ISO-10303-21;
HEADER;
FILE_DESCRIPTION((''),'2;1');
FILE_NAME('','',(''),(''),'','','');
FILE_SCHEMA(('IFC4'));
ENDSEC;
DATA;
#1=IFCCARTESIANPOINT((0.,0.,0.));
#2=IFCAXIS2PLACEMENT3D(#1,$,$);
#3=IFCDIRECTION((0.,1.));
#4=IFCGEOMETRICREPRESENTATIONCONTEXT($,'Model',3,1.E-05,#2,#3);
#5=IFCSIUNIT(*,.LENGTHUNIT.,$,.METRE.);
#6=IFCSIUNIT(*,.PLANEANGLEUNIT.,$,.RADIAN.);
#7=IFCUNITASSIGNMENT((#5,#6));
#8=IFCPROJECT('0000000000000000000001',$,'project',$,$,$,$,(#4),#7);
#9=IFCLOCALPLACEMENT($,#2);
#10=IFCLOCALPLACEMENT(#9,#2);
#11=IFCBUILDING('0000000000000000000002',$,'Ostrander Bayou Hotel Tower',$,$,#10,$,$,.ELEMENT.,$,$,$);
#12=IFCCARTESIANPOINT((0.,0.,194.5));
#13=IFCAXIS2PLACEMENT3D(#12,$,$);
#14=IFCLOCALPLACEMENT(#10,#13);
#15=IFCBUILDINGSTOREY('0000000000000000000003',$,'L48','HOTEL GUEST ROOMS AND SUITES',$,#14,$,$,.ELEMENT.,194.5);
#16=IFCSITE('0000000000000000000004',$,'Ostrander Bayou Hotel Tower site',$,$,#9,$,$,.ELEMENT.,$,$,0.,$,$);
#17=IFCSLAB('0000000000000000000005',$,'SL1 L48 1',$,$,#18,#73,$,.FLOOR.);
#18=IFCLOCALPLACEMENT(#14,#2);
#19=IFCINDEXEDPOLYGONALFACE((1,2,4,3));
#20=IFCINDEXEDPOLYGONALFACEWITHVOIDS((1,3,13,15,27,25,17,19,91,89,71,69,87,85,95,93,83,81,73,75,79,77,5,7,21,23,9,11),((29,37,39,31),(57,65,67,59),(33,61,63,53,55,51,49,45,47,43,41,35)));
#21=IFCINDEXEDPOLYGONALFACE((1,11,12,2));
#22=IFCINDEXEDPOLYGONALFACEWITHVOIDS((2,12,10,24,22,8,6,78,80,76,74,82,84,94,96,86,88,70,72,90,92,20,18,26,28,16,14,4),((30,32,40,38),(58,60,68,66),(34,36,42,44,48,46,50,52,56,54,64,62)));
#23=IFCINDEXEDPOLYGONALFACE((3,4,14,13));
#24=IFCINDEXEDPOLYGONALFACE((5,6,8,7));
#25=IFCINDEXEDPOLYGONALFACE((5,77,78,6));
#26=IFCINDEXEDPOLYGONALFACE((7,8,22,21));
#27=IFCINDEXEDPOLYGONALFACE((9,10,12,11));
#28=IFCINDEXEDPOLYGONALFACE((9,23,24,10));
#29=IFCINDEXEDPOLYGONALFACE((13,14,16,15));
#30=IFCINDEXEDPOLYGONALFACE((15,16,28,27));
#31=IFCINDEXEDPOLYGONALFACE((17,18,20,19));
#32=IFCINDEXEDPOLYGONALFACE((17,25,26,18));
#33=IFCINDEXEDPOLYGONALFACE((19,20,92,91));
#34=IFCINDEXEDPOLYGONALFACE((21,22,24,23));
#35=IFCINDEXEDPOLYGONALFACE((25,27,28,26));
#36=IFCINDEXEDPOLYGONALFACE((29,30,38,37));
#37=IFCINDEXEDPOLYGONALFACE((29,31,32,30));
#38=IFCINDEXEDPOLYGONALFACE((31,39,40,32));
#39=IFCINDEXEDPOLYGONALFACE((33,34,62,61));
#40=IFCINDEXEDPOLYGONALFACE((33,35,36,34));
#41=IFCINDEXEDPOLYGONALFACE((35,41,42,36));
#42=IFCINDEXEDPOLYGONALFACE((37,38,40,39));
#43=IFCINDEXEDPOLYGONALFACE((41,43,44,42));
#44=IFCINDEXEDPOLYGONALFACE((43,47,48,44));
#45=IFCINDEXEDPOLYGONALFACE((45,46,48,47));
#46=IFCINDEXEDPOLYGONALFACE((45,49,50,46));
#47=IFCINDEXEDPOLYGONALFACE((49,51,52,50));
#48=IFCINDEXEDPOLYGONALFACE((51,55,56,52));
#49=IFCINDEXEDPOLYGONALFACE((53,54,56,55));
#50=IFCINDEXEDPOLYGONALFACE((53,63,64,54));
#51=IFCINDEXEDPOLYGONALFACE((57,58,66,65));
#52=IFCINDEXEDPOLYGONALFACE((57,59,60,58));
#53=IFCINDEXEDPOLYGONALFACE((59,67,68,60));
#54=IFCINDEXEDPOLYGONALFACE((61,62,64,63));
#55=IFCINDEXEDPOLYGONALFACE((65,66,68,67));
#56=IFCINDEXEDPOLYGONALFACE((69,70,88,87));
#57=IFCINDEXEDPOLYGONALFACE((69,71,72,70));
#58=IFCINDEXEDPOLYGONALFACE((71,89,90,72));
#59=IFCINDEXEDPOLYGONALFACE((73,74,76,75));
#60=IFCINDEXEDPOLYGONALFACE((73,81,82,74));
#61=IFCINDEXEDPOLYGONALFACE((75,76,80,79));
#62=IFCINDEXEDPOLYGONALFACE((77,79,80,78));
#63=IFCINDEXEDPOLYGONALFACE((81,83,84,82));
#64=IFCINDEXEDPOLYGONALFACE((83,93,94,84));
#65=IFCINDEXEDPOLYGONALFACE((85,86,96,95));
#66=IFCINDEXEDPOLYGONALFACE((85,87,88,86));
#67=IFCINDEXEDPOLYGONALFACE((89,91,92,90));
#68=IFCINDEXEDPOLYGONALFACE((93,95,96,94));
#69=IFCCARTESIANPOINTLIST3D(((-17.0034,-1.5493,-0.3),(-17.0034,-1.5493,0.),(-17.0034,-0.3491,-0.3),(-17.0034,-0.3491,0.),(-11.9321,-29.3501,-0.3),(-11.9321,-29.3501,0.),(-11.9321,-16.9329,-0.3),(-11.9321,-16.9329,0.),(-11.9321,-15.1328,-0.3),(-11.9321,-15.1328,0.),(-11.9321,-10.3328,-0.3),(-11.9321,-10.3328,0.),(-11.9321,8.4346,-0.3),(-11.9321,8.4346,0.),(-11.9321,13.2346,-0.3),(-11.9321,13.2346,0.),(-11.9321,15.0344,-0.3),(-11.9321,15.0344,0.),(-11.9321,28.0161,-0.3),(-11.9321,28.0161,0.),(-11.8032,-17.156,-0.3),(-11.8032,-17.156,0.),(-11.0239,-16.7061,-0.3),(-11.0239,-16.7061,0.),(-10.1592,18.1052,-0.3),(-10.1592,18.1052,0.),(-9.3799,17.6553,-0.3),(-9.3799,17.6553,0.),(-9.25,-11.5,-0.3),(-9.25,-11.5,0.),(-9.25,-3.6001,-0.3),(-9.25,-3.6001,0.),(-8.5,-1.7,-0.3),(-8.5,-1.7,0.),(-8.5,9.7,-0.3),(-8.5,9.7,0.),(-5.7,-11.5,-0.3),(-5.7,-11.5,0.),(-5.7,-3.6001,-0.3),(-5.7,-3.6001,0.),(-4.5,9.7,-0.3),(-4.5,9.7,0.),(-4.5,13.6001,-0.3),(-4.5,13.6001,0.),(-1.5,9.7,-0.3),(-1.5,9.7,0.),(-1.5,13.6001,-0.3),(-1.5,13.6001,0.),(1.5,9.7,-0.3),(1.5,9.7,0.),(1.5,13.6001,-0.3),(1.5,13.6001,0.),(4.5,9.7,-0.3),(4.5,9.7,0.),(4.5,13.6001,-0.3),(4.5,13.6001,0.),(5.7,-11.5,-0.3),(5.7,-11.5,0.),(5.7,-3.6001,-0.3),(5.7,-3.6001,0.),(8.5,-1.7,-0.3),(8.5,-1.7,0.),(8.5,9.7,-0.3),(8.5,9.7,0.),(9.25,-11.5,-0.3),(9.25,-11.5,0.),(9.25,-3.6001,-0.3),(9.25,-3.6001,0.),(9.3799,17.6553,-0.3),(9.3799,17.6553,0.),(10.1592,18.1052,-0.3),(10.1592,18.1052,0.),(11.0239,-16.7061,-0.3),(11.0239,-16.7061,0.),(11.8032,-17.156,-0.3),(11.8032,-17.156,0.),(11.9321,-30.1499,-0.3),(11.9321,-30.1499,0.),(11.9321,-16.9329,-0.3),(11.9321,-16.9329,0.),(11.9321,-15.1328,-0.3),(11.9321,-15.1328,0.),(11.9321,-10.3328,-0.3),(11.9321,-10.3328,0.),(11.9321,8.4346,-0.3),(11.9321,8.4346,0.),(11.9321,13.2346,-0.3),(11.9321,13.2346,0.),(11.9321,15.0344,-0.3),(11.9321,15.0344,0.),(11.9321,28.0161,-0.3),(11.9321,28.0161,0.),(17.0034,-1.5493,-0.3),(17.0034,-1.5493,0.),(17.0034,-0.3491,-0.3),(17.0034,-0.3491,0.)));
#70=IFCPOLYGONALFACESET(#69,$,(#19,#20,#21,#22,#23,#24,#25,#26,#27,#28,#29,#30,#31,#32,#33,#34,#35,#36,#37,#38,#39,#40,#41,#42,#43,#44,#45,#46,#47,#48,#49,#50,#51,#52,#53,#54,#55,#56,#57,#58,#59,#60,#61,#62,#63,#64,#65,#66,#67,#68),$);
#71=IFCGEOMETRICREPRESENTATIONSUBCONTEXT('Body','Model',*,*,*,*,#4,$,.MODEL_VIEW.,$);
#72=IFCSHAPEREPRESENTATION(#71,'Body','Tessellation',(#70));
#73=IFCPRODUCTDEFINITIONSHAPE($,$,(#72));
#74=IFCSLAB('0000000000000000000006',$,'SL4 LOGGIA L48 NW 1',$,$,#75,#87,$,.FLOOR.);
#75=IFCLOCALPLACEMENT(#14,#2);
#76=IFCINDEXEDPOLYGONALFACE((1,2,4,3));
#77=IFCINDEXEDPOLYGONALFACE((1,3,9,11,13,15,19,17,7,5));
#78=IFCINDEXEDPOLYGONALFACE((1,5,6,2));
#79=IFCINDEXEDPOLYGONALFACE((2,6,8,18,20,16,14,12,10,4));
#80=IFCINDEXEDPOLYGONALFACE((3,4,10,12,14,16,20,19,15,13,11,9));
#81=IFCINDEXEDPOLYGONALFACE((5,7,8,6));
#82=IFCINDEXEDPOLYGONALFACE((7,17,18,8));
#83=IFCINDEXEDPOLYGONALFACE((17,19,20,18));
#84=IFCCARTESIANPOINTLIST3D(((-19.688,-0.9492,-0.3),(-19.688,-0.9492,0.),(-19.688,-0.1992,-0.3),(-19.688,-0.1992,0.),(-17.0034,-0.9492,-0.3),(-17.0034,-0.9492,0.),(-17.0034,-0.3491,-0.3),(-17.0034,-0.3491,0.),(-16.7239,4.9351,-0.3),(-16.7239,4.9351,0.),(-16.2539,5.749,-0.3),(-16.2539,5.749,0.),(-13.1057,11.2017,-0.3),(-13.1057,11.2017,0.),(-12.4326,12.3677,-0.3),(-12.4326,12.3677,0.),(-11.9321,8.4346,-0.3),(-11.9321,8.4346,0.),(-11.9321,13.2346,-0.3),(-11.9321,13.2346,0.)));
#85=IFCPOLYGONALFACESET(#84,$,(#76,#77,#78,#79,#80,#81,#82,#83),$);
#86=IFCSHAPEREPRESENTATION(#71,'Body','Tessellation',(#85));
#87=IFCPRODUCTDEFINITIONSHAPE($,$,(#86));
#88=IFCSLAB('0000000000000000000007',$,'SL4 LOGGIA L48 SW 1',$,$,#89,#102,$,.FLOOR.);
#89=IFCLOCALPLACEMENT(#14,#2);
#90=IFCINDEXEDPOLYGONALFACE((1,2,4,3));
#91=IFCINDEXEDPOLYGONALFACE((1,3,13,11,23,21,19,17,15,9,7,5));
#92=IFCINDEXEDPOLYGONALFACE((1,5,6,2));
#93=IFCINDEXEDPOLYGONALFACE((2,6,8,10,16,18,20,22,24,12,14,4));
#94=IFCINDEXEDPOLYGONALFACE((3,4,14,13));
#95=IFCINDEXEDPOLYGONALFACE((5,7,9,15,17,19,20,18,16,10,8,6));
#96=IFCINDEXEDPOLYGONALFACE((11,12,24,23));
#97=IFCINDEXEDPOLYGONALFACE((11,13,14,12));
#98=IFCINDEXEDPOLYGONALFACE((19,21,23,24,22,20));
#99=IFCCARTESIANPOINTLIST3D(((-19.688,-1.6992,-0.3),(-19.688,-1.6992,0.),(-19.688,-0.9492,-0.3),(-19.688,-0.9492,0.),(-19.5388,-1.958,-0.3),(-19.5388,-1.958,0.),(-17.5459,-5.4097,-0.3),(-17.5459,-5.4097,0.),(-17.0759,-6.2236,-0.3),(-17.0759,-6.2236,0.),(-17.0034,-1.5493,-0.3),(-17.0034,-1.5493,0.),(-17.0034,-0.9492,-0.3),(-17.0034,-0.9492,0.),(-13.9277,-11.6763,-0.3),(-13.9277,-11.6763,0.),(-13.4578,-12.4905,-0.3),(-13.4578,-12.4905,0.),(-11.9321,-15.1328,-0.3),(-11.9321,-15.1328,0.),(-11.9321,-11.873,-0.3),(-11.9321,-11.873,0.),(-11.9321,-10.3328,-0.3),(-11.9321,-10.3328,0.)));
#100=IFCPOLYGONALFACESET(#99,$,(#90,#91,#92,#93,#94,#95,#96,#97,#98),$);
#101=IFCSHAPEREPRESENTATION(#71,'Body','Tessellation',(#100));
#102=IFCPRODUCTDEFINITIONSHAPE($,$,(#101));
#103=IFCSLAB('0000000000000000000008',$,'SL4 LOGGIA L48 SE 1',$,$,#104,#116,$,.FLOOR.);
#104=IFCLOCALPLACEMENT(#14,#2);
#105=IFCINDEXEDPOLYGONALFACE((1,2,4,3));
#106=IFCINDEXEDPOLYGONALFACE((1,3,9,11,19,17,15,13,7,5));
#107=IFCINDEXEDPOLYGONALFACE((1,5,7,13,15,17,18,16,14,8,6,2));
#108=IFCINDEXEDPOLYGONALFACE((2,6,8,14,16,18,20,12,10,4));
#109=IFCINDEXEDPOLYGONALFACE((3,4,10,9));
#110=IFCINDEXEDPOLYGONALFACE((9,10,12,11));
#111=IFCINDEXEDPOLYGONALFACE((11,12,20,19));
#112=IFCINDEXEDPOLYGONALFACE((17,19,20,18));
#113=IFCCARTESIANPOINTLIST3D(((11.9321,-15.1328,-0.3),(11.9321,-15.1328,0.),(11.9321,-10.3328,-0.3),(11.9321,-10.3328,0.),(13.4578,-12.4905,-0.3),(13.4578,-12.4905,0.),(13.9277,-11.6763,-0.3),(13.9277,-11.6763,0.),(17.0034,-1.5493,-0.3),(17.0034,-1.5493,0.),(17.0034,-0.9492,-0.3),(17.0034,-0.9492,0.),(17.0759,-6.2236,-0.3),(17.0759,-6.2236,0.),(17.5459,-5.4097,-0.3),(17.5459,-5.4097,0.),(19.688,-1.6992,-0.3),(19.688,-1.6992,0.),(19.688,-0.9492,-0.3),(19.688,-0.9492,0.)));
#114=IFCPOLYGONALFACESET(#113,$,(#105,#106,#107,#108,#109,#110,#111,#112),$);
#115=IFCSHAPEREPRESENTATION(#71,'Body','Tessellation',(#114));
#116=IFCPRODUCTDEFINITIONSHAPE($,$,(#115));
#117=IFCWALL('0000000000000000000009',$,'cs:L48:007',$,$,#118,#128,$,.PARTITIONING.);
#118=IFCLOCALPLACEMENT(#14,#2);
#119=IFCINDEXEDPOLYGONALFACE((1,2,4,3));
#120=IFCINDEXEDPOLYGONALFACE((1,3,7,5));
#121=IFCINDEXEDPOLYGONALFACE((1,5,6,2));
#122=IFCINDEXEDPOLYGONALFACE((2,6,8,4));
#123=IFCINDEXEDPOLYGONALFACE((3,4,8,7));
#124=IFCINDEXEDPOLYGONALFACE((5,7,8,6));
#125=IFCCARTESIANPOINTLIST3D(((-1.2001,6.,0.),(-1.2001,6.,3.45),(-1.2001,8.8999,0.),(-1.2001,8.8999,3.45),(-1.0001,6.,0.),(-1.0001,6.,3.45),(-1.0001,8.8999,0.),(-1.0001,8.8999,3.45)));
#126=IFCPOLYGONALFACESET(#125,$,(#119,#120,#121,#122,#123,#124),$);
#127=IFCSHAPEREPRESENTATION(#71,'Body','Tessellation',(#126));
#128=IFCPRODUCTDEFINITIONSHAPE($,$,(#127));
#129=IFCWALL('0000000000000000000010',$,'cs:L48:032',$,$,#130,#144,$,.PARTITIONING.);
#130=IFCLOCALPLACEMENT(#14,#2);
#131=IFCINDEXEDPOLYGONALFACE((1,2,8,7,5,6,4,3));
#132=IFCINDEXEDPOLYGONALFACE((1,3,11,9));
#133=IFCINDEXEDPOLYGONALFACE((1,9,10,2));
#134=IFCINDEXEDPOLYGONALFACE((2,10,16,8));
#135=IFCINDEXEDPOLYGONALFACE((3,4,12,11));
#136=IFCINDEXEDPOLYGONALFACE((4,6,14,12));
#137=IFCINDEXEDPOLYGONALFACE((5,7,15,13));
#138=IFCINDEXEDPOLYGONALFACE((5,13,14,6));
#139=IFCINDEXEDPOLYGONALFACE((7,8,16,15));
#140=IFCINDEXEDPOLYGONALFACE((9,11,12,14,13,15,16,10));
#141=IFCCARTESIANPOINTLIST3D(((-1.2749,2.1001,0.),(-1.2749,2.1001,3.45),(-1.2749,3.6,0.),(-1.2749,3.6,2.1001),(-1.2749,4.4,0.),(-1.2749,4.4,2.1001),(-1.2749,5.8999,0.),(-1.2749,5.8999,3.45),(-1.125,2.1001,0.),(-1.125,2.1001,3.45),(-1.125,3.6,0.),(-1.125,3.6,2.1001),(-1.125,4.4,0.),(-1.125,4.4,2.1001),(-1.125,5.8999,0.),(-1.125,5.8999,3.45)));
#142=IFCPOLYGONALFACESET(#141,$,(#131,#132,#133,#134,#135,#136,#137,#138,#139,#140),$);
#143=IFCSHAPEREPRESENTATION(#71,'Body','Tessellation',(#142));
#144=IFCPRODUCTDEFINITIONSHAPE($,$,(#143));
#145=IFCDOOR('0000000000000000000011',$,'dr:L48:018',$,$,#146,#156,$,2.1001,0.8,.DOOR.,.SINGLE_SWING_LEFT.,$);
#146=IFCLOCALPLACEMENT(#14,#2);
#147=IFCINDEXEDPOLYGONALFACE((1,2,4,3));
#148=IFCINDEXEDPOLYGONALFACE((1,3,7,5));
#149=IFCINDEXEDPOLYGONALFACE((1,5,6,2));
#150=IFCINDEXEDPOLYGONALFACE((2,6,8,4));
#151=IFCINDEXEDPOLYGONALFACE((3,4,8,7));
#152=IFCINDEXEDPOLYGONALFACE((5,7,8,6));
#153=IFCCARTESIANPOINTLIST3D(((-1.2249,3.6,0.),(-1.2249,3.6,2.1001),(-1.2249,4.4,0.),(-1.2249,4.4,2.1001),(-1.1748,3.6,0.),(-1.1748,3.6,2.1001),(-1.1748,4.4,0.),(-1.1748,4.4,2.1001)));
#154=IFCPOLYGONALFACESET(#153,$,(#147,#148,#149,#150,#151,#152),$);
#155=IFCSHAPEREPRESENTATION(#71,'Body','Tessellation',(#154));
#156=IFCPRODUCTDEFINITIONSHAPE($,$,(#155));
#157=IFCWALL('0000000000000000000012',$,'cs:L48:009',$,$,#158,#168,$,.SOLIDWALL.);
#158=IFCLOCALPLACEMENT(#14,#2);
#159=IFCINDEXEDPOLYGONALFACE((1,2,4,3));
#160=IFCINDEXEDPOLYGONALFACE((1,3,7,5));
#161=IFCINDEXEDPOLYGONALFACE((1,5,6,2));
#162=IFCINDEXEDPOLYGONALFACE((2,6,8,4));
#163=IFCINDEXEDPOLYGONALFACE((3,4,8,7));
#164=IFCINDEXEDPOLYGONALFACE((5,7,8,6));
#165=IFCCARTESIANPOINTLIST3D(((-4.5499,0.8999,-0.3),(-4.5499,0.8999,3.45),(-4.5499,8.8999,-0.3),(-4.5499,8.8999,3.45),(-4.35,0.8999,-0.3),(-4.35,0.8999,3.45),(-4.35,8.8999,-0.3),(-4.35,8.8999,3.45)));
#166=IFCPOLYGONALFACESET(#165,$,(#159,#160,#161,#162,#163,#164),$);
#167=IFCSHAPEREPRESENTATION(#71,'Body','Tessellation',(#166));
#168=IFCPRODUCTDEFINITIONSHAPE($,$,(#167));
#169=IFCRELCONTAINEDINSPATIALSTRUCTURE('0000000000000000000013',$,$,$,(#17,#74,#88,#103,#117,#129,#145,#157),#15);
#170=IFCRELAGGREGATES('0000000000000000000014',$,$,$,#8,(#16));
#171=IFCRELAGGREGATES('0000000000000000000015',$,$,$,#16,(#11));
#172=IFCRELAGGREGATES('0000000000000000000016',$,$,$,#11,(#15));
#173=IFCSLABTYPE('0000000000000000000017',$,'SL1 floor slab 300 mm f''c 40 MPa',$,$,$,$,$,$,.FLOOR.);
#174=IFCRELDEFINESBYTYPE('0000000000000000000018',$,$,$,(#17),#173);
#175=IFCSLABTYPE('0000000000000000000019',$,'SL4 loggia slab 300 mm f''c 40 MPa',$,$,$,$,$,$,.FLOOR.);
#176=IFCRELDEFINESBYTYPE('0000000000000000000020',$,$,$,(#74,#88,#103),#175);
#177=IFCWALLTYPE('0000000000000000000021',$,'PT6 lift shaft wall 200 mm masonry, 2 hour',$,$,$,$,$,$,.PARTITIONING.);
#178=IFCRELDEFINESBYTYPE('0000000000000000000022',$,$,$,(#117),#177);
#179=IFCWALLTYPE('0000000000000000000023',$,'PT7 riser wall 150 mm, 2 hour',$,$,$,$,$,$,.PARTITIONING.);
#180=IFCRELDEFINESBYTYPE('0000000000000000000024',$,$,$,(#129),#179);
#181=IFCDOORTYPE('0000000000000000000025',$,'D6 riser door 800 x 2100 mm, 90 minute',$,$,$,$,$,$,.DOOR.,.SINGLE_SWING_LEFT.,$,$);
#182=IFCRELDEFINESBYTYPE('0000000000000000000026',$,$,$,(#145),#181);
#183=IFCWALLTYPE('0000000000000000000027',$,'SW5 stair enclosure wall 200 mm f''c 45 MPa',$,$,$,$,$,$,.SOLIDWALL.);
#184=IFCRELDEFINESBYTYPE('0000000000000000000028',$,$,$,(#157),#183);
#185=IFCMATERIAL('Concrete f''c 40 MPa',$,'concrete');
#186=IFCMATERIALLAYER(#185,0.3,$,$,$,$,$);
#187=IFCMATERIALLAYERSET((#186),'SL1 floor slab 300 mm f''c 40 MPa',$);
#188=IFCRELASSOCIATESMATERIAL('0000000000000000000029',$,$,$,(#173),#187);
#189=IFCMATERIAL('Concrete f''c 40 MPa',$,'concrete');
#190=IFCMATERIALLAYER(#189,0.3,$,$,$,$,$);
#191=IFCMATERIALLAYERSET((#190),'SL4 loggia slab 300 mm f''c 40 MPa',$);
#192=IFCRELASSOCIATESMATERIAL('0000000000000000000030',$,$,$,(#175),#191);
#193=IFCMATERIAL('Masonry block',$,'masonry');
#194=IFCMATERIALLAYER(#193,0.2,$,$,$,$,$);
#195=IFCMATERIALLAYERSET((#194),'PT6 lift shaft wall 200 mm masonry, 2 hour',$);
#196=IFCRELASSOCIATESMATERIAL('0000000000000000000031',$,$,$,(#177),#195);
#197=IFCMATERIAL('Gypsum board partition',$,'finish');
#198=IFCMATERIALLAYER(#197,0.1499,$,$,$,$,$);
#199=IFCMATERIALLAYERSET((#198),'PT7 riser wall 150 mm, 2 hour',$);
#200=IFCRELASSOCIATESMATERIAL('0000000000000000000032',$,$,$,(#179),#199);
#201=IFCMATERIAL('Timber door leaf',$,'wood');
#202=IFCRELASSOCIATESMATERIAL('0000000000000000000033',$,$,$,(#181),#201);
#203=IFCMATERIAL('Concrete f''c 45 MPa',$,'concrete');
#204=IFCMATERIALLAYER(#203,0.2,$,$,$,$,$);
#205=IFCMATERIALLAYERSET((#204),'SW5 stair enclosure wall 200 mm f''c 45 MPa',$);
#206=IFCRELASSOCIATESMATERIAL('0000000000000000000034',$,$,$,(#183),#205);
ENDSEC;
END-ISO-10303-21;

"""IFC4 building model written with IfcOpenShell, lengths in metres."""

from ifc_helpers import new_model, si_unit, direction, frame, frame_2d, origin, place, context, subcontext, project, spatial, polyline, rectangle, outline, extrude, material, layer, layer_set, type_object, element, fill, save


model = new_model("IFC4")

# Units and contexts
model_context = context("Model", 3, precision=1e-05, world=origin(), true_north=direction((0.0, 1.0)))
body_context = subcontext(model_context, "Body", "Model", "MODEL_VIEW")
ifc_project = project(units=[si_unit("LENGTHUNIT", "METRE"), si_unit("PLANEANGLEUNIT", "RADIAN")], contexts=[model_context])

# Site, building, storey
site_placement = place(None, origin())
site = spatial("IfcSite", under=ifc_project, at=site_placement, Name="Ostrander Bayou Hotel Tower site", CompositionType="ELEMENT", RefElevation=0.0)
building_placement = place(site_placement, origin())
building = spatial("IfcBuilding", under=site, at=building_placement, Name="Ostrander Bayou Hotel Tower", CompositionType="ELEMENT")
storey_placement = place(building_placement, frame((0.0, 0.0, 194.5)))
storey = spatial("IfcBuildingStorey", under=building, at=storey_placement, Name="L48", Description="HOTEL GUEST ROOMS AND SUITES", CompositionType="ELEMENT", Elevation=194.5)

# Slabs
ifc_material_1 = material(Name="Concrete f'c 40 MPa", Category="concrete")
ifc_layer_1 = layer(ifc_material_1, 0.3)
ifc_layer_set_1 = layer_set([ifc_layer_1], Name="SL1 floor slab 300 mm f'c 40 MPa")
slab_type_1 = type_object("IfcSlabType", Name="SL1 floor slab 300 mm f'c 40 MPa", PredefinedType="FLOOR", material=ifc_layer_set_1)
slab_1_placement = place(storey_placement, frame((0.0, 0.0, -0.3)))
element("IfcSlab", 1, at=slab_1_placement, inside=storey, type_object=slab_type_1, Name="SL1 L48 1", PredefinedType="FLOOR", context=body_context, shape_type="SweptSolid", body=[
    extrude(outline(polyline([(-11.8032, -17.156), (-11.0239, -16.7061), (-11.9321, -15.1328), (-11.9321, -10.3328), (-17.0034, -1.5493), (-17.0034, -0.3491), (-11.9321, 8.4346), (-11.9321, 13.2346), (-9.3799, 17.6553), (-10.1592, 18.1052), (-11.9321, 15.0344), (-11.9321, 28.0161), (11.9321, 28.0161), (11.9321, 15.0344), (10.1592, 18.1052), (9.3799, 17.6553), (11.9321, 13.2346), (11.9321, 8.4346), (17.0034, -0.3491), (17.0034, -1.5493), (11.9321, -10.3328), (11.9321, -15.1328), (11.0239, -16.7061), (11.8032, -17.156), (11.9321, -16.9329), (11.9321, -30.1499), (-11.9321, -29.3501), (-11.9321, -16.9329), (-11.8032, -17.156)]), holes=[polyline([(9.25, -3.6001), (5.7, -3.6001), (5.7, -11.5), (9.25, -11.5), (9.25, -3.6001)]), polyline([(-8.5, -1.7), (8.5, -1.7), (8.5, 9.7), (4.5, 9.7), (4.5, 13.6001), (1.5, 13.6001), (1.5, 9.7), (-1.5, 9.7), (-1.5, 13.6001), (-4.5, 13.6001), (-4.5, 9.7), (-8.5, 9.7), (-8.5, -1.7)]), polyline([(-5.7, -3.6001), (-9.25, -3.6001), (-9.25, -11.5), (-5.7, -11.5), (-5.7, -3.6001)])]), origin(), (0.0, 0.0, 1.0), 0.3),
])
ifc_material_2 = material(Name="Concrete f'c 40 MPa", Category="concrete")
ifc_layer_2 = layer(ifc_material_2, 0.3)
ifc_layer_set_2 = layer_set([ifc_layer_2], Name="SL4 loggia slab 300 mm f'c 40 MPa")
slab_type_2 = type_object("IfcSlabType", Name="SL4 loggia slab 300 mm f'c 40 MPa", PredefinedType="FLOOR", material=ifc_layer_set_2)
slab_2_placement = place(storey_placement, frame((0.0, 0.0, -0.3)))
element("IfcSlab", 2, at=slab_2_placement, inside=storey, type_object=slab_type_2, Name="SL4 LOGGIA L48 NW 1", PredefinedType="FLOOR", context=body_context, shape_type="SweptSolid", body=[
    extrude(outline(polyline([(-11.9321, 13.2346), (-11.9321, 8.4346), (-17.0034, -0.3491), (-17.0034, -0.9492), (-19.688, -0.9492), (-19.688, -0.1992), (-16.7239, 4.9351), (-16.2539, 5.749), (-13.1057, 11.2017), (-12.4326, 12.3677), (-11.9321, 13.2346)])), origin(), (0.0, 0.0, 1.0), 0.3),
])
slab_3_placement = place(storey_placement, frame((0.0, 0.0, -0.3)))
element("IfcSlab", 3, at=slab_3_placement, inside=storey, type_object=slab_type_2, Name="SL4 LOGGIA L48 SW 1", PredefinedType="FLOOR", context=body_context, shape_type="SweptSolid", body=[
    extrude(outline(polyline([(-11.9321, -11.873), (-11.9321, -15.1328), (-13.4578, -12.4905), (-13.9277, -11.6763), (-17.0759, -6.2236), (-17.5459, -5.4097), (-19.5388, -1.958), (-19.688, -1.6992), (-19.688, -0.9492), (-17.0034, -0.9492), (-17.0034, -1.5493), (-11.9321, -10.3328), (-11.9321, -11.873)])), origin(), (0.0, 0.0, 1.0), 0.3),
])
slab_4_placement = place(storey_placement, frame((0.0, 0.0, -0.3)))
element("IfcSlab", 4, at=slab_4_placement, inside=storey, type_object=slab_type_2, Name="SL4 LOGGIA L48 SE 1", PredefinedType="FLOOR", context=body_context, shape_type="SweptSolid", body=[
    extrude(outline(polyline([(13.4578, -12.4905), (11.9321, -15.1328), (11.9321, -10.3328), (17.0034, -1.5493), (17.0034, -0.9492), (19.688, -0.9492), (19.688, -1.6992), (17.5459, -5.4097), (17.0759, -6.2236), (13.9277, -11.6763), (13.4578, -12.4905)])), origin(), (0.0, 0.0, 1.0), 0.3),
])

# Shared definitions
ifc_material_3 = material(Name="Masonry block", Category="masonry")
ifc_layer_3 = layer(ifc_material_3, 0.2)
ifc_layer_set_3 = layer_set([ifc_layer_3], Name="PT6 lift shaft wall 200 mm masonry, 2 hour")
wall_type_1 = type_object("IfcWallType", Name="PT6 lift shaft wall 200 mm masonry, 2 hour", PredefinedType="PARTITIONING", material=ifc_layer_set_3)

# Wall
wall_1_placement = place(storey_placement, frame((-1.1001, 6.0, 0.0), z_axis=(0.0, 0.0, 1.0), x_axis=(0.0, 1.0, 0.0)))
element("IfcWall", 5, at=wall_1_placement, inside=storey, type_object=wall_type_1, Name="cs:L48:007", PredefinedType="PARTITIONING", context=body_context, shape_type="SweptSolid", body=[
    extrude(rectangle(XDim=2.8999, YDim=0.2, at=frame_2d((1.45, 0.0))), origin(), (0.0, 0.0, 1.0), 3.45),
])

# Wall, opening, door
ifc_material_4 = material(Name="Gypsum board partition", Category="finish")
ifc_layer_4 = layer(ifc_material_4, 0.1499)
ifc_layer_set_4 = layer_set([ifc_layer_4], Name="PT7 riser wall 150 mm, 2 hour")
wall_type_2 = type_object("IfcWallType", Name="PT7 riser wall 150 mm, 2 hour", PredefinedType="PARTITIONING", material=ifc_layer_set_4)
wall_2_placement = place(storey_placement, frame((-1.2, 2.1001, 0.0), z_axis=(0.0, 0.0, 1.0), x_axis=(0.0, 1.0, 0.0)))
wall_2 = element("IfcWall", 6, at=wall_2_placement, inside=storey, type_object=wall_type_2, Name="cs:L48:032", PredefinedType="PARTITIONING", context=body_context, shape_type="SweptSolid", body=[
    extrude(rectangle(XDim=3.7998, YDim=0.1499, at=frame_2d((1.8999, 0.0))), origin(), (0.0, 0.0, 1.0), 3.45),
])
opening_1_placement = place(wall_2_placement, frame((1.5, 0.0, 0.0)))
opening_1 = element("IfcOpeningElement", 7, at=opening_1_placement, cuts=wall_2, PredefinedType="OPENING", context=body_context, shape_type="SweptSolid", body=[
    extrude(rectangle(XDim=0.8, YDim=2.1001, at=frame_2d((0.3999, 1.05))), frame((0.0, 0.075, 0.0), z_axis=(0.0, -1.0, 0.0), x_axis=(1.0, 0.0, 0.0)), (0.0, 0.0, 1.0), 0.1499),
])
ifc_material_5 = material(Name="Timber door leaf", Category="wood")
door_type_1 = type_object("IfcDoorType", Name="D6 riser door 800 x 2100 mm, 90 minute", OperationType="SINGLE_SWING_LEFT", PredefinedType="DOOR", material=ifc_material_5)
door_1_placement = place(opening_1_placement, origin())
door_1 = element("IfcDoor", 8, at=door_1_placement, inside=storey, type_object=door_type_1, Name="dr:L48:018", OperationType="SINGLE_SWING_LEFT", OverallHeight=2.1001, OverallWidth=0.8, PredefinedType="DOOR", context=body_context, shape_type="SweptSolid", body=[
    extrude(rectangle(XDim=0.8, YDim=2.1001, at=frame_2d((0.3999, 1.05))), frame((0.0, 0.0249, 0.0), z_axis=(0.0, -1.0, 0.0), x_axis=(1.0, 0.0, 0.0)), (0.0, 0.0, 1.0), 0.05),
])
fill(opening_1, door_1)

# Wall
ifc_material_6 = material(Name="Concrete f'c 45 MPa", Category="concrete")
ifc_layer_5 = layer(ifc_material_6, 0.2)
ifc_layer_set_5 = layer_set([ifc_layer_5], Name="SW5 stair enclosure wall 200 mm f'c 45 MPa")
wall_type_3 = type_object("IfcWallType", Name="SW5 stair enclosure wall 200 mm f'c 45 MPa", PredefinedType="SOLIDWALL", material=ifc_layer_set_5)
wall_3_placement = place(storey_placement, frame((-4.45, 0.8999, -0.3), z_axis=(0.0, 0.0, 1.0), x_axis=(0.0, 1.0, 0.0)))
element("IfcWall", 9, at=wall_3_placement, inside=storey, type_object=wall_type_3, Name="cs:L48:009", PredefinedType="SOLIDWALL", context=body_context, shape_type="SweptSolid", body=[
    extrude(rectangle(XDim=8.0, YDim=0.2, at=frame_2d((4.0, 0.0))), origin(), (0.0, 0.0, 1.0), 3.75),
])

save(model, "model.ifc")
